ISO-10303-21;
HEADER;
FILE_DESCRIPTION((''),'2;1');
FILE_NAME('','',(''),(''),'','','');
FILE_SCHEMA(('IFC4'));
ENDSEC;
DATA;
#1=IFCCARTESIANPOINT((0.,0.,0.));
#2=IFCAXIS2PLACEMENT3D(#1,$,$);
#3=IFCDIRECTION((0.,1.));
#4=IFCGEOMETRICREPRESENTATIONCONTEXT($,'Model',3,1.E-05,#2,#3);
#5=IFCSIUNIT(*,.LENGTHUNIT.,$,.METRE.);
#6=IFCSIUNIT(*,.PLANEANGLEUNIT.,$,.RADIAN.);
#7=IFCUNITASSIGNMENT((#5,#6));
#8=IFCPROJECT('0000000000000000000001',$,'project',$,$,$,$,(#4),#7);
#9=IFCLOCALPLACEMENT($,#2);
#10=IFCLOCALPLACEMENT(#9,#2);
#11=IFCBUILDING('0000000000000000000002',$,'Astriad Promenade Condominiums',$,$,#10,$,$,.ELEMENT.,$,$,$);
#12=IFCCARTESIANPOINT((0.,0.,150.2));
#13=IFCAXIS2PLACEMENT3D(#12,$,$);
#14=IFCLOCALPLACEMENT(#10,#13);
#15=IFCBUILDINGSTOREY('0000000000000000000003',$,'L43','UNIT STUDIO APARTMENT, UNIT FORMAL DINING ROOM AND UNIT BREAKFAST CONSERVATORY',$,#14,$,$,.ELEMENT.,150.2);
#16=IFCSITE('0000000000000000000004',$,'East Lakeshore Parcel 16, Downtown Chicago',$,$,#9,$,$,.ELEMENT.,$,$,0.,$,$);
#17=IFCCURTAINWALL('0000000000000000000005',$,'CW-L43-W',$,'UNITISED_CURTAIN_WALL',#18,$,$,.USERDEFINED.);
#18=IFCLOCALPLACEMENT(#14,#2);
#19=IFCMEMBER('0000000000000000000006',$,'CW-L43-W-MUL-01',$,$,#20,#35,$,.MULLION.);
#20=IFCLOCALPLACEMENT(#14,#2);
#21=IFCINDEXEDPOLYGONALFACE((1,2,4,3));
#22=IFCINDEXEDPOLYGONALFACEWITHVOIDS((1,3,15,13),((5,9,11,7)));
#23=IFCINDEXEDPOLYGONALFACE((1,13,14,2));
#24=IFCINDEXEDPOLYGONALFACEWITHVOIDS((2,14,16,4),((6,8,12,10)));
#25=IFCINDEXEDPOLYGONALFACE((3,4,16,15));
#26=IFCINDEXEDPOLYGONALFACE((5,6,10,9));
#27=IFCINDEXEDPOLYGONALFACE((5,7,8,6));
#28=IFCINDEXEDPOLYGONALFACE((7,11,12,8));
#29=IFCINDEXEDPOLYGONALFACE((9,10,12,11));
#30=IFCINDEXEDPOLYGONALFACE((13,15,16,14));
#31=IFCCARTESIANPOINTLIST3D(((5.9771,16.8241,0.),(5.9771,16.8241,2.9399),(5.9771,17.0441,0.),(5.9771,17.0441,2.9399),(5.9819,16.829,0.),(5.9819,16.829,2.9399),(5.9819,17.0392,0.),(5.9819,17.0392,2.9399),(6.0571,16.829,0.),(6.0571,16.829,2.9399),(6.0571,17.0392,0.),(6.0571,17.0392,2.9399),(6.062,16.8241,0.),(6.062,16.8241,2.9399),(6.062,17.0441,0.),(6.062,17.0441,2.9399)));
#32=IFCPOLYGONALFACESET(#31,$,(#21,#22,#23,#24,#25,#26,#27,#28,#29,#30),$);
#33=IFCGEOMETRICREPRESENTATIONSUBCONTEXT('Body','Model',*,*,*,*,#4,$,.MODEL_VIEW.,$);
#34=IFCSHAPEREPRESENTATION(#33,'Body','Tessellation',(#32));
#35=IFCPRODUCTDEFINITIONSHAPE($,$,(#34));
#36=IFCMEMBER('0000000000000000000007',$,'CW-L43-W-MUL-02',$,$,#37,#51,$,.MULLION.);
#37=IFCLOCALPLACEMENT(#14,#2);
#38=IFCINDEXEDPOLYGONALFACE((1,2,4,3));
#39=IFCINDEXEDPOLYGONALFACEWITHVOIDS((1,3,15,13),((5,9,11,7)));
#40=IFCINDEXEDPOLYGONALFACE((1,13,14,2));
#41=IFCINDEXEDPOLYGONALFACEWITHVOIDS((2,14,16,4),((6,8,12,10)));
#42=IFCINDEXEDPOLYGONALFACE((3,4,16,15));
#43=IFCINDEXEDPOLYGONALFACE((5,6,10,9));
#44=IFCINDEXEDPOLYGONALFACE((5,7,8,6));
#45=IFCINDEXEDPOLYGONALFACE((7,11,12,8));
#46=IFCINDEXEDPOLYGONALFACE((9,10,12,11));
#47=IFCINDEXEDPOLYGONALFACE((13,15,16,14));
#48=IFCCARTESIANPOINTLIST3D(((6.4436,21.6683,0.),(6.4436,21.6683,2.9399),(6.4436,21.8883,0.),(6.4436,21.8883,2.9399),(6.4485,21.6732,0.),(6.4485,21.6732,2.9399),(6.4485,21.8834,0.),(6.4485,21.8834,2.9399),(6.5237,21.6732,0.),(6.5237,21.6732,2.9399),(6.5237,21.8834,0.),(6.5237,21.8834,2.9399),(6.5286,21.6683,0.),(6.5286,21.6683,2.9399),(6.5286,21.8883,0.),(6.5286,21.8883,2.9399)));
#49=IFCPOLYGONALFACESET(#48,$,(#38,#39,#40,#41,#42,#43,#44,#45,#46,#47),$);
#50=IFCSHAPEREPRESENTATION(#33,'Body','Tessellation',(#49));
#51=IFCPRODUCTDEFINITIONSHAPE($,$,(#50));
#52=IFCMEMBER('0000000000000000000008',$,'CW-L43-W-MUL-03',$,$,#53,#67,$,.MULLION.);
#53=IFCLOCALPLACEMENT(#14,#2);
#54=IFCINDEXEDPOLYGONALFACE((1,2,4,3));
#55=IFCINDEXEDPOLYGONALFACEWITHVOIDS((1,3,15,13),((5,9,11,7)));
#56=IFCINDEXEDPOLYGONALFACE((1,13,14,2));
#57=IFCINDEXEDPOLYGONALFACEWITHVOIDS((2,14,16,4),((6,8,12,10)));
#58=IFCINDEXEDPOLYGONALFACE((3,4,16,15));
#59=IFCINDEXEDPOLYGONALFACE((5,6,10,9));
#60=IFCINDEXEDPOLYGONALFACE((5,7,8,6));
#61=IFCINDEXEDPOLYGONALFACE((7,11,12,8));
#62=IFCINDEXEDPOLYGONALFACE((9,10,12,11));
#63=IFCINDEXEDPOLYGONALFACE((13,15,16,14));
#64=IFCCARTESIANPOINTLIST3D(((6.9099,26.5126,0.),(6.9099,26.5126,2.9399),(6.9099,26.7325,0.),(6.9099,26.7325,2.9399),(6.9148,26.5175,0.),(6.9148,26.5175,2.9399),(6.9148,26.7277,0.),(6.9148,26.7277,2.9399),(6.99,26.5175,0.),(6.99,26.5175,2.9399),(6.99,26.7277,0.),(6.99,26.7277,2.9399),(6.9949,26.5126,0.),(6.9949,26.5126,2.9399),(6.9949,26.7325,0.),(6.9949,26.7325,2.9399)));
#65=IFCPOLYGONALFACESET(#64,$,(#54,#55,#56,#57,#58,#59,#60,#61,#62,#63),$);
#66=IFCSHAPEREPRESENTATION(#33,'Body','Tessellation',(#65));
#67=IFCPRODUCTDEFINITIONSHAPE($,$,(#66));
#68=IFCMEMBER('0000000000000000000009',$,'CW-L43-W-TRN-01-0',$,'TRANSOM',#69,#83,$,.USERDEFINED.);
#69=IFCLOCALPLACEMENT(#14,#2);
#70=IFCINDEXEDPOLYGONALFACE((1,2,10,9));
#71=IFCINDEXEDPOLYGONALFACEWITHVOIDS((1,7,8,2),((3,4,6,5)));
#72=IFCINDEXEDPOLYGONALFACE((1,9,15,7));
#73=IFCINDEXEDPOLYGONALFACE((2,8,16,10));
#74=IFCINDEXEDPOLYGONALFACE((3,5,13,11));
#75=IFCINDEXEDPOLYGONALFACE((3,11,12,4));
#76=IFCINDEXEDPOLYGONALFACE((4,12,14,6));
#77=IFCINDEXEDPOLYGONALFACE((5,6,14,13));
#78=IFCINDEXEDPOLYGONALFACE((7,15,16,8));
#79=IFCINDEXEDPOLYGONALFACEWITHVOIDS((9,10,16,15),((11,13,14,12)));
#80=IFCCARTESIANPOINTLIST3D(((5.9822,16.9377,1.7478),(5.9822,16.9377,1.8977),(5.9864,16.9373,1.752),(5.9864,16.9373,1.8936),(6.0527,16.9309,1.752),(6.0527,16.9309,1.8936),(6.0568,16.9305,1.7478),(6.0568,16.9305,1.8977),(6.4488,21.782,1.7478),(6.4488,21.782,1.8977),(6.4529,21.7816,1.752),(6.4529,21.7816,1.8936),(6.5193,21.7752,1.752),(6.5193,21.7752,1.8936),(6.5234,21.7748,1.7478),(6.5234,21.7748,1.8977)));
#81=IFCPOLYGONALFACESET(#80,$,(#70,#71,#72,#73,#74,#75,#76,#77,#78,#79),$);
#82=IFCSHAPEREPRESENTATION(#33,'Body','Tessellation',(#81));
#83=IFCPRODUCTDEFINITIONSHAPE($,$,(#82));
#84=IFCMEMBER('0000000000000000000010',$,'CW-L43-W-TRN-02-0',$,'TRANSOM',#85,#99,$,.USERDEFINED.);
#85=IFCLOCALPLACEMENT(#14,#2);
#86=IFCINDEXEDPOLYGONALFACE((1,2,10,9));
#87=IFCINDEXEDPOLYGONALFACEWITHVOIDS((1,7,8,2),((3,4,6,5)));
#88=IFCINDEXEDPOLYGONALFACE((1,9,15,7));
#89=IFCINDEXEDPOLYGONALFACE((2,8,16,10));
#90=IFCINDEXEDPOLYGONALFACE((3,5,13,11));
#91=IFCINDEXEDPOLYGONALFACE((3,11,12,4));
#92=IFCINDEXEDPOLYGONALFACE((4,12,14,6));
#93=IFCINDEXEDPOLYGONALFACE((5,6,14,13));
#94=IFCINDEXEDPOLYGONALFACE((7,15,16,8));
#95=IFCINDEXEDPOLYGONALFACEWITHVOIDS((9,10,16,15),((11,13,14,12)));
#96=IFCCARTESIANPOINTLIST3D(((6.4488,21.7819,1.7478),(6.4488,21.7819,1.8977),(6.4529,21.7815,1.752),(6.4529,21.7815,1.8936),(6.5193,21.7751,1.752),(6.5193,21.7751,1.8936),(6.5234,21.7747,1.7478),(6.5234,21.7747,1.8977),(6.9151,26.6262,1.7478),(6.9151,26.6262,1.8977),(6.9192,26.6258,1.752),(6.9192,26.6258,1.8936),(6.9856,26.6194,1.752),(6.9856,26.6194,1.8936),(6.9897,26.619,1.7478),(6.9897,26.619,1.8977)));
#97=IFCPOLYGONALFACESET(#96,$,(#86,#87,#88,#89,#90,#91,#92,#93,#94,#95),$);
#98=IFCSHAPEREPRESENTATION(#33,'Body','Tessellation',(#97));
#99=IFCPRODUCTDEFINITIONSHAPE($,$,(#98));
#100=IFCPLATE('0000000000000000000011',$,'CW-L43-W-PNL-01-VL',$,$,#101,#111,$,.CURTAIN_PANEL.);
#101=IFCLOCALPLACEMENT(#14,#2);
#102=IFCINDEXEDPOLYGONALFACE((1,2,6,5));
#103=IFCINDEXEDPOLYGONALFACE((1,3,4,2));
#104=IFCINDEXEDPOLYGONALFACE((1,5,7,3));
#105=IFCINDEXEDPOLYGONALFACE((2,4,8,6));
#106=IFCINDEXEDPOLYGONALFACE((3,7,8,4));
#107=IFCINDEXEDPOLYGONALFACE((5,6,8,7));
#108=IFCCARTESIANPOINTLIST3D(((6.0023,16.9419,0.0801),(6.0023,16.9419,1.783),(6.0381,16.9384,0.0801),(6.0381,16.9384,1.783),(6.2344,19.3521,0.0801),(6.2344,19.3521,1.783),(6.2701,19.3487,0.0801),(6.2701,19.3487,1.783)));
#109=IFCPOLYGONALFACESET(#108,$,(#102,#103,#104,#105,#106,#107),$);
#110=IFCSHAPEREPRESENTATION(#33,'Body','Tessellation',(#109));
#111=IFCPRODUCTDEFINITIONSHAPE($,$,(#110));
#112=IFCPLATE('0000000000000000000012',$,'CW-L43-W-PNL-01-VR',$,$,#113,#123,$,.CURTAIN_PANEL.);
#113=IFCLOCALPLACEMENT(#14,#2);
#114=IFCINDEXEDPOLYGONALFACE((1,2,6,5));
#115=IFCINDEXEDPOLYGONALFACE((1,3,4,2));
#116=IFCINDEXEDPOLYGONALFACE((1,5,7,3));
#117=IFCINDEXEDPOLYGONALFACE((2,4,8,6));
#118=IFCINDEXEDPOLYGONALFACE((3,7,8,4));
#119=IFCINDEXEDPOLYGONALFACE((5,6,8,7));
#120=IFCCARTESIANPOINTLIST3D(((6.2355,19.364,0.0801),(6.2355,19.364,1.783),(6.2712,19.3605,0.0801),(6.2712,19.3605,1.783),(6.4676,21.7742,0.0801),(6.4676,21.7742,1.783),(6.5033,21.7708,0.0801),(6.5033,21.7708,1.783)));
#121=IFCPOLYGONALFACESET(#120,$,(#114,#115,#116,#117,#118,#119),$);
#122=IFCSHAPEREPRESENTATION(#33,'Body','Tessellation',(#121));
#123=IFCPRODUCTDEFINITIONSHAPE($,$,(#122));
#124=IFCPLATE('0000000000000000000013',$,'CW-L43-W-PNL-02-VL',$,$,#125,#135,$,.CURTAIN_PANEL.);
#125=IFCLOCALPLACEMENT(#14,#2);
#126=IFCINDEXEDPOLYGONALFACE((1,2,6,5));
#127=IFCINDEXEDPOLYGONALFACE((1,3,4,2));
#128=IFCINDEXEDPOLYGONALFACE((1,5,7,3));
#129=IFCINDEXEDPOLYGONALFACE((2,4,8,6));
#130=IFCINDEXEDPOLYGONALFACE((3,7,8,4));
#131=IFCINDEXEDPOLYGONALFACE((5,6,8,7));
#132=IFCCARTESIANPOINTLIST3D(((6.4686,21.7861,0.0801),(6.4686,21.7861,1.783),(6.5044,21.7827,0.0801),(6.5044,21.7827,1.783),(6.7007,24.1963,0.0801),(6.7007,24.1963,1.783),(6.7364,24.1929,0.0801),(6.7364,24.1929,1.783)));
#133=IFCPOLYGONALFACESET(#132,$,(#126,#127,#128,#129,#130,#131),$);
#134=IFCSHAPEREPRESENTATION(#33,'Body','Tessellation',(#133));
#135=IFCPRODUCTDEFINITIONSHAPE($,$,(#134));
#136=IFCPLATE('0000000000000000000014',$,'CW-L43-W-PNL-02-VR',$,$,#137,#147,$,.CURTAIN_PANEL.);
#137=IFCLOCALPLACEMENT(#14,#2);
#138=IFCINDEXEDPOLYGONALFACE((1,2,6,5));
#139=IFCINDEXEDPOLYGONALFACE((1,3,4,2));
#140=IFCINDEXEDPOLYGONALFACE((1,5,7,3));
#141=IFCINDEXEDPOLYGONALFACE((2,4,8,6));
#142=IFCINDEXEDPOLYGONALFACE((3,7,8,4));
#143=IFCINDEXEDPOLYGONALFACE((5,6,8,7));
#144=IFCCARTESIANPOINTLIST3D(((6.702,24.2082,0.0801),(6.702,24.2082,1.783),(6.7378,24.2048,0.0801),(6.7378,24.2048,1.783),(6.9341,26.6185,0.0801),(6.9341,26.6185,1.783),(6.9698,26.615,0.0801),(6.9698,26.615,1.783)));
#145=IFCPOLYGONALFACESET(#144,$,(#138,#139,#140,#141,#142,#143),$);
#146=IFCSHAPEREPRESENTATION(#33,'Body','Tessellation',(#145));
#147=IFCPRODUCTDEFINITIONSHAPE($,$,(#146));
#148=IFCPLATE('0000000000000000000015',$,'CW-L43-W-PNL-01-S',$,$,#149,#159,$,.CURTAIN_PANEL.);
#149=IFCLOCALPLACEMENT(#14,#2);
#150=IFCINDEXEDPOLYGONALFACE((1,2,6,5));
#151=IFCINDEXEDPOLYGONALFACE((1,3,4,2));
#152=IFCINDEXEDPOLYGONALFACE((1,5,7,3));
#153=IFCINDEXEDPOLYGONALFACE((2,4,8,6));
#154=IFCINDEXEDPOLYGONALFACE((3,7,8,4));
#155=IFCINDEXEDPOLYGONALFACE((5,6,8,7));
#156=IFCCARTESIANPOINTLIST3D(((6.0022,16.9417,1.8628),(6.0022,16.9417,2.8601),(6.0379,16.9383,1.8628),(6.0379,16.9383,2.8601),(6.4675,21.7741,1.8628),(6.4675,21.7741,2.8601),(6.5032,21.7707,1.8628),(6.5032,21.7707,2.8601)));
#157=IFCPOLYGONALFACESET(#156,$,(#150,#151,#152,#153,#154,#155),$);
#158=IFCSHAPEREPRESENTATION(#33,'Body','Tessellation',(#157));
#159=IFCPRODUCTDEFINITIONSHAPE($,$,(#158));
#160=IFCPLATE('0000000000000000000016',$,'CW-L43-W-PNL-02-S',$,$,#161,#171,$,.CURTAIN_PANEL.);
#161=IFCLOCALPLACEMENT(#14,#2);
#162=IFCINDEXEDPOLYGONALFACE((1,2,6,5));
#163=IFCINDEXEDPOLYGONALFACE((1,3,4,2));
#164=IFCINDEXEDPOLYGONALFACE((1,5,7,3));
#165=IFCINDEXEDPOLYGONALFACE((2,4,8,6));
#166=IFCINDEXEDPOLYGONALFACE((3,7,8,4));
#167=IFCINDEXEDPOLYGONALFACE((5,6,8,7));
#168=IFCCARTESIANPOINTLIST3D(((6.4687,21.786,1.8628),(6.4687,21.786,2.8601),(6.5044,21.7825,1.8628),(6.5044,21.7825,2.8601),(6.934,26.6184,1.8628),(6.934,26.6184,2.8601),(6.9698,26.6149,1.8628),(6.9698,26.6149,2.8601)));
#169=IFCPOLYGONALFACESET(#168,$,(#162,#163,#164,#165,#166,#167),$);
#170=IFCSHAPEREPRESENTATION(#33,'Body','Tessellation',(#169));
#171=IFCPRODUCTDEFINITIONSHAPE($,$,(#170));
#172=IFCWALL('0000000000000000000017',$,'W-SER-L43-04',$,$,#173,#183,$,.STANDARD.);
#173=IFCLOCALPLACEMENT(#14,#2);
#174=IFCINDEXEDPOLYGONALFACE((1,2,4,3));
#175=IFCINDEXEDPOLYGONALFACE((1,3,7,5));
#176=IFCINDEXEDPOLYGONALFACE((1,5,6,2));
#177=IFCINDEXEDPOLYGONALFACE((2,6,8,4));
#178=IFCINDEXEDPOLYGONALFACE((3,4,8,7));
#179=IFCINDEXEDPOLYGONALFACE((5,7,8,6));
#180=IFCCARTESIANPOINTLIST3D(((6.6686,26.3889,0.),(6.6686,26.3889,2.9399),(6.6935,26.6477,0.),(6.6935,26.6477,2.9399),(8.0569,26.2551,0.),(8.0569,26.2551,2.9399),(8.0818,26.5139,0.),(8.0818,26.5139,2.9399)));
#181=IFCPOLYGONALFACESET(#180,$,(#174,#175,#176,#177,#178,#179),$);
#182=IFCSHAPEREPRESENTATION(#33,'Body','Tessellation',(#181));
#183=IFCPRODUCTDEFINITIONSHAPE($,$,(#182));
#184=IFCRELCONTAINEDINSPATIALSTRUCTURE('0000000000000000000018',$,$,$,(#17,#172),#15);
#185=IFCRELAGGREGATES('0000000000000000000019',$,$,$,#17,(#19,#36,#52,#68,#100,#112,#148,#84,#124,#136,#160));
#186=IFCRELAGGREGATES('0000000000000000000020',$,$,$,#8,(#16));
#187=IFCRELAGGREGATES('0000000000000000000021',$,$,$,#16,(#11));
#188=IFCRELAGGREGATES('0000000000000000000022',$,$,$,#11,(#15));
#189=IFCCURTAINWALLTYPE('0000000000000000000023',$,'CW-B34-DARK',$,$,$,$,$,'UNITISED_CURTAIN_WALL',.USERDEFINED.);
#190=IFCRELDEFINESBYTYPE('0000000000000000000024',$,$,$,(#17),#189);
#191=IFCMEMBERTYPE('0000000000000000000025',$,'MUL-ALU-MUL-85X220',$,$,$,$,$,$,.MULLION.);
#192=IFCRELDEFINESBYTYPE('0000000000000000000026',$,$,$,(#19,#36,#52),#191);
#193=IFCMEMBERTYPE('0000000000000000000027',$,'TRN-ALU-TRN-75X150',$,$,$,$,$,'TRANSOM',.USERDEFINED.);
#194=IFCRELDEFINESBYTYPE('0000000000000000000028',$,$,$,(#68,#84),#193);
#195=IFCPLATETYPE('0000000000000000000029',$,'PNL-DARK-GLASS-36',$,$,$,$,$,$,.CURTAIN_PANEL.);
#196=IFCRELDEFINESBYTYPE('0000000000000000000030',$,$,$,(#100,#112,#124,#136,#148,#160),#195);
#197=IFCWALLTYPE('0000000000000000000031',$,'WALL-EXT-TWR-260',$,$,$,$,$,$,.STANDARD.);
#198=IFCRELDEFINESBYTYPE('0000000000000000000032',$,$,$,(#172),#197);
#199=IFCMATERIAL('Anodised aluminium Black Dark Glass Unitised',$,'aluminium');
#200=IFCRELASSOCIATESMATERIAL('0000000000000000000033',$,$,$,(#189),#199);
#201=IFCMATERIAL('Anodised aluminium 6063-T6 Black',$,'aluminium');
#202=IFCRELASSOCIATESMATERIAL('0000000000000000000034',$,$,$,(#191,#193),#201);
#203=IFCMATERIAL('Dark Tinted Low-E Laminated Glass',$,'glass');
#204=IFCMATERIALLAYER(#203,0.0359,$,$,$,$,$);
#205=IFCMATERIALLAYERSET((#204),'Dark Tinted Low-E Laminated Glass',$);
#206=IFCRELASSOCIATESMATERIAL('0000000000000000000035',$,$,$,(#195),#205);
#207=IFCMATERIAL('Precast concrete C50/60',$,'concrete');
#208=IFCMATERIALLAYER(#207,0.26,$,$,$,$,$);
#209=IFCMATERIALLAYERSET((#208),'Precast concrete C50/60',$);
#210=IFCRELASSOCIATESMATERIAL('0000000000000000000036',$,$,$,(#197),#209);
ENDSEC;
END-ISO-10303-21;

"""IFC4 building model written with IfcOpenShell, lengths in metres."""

from ifc_helpers import new_model, si_unit, direction, frame, frame_2d, origin, origin_2d, place, context, subcontext, project, spatial, rectangle, hollow_rectangle, extrude, source, transform, mapped, material, layer, layer_set, material_profile, profile_set, type_object, type_shapes, element, aggregate, save


model = new_model("IFC4")

# Units and contexts
model_context = context("Model", 3, precision=1e-05, world=origin(), true_north=direction((0.0, 1.0)))
body_context = subcontext(model_context, "Body", "Model", "MODEL_VIEW")
ifc_project = project(units=[si_unit("LENGTHUNIT", "METRE"), si_unit("PLANEANGLEUNIT", "RADIAN")], contexts=[model_context])

# Site, building, storey
site_placement = place(None, origin())
site = spatial("IfcSite", under=ifc_project, at=site_placement, Name="East Lakeshore Parcel 16, Downtown Chicago", CompositionType="ELEMENT", RefElevation=0.0)
building_placement = place(site_placement, origin())
building = spatial("IfcBuilding", under=site, at=building_placement, Name="Astriad Promenade Condominiums", CompositionType="ELEMENT")
storey_placement = place(building_placement, frame((0.0, 0.0, 150.2)))
storey = spatial("IfcBuildingStorey", under=building, at=storey_placement, Name="L43", Description="UNIT STUDIO APARTMENT, UNIT FORMAL DINING ROOM AND UNIT BREAKFAST CONSERVATORY", CompositionType="ELEMENT", Elevation=150.2)

# Curtain wall, members, plates
ifc_material_1 = material(Name="Anodised aluminium Black Dark Glass Unitised", Category="aluminium")
curtain_wall_type = type_object("IfcCurtainWallType", Name="CW-B34-DARK", ElementType="UNITISED_CURTAIN_WALL", PredefinedType="USERDEFINED", material=ifc_material_1)
curtain_wall_placement = place(storey_placement, origin())
curtain_wall = element("IfcCurtainWall", 1, at=curtain_wall_placement, inside=storey, type_object=curtain_wall_type, Name="CW-L43-W", ObjectType="UNITISED_CURTAIN_WALL", PredefinedType="USERDEFINED")
ifc_material_2 = material(Name="Anodised aluminium 6063-T6 Black", Category="aluminium")
ifc_material_profile_1 = material_profile(ifc_material_2, hollow_rectangle(XDim=0.085, YDim=0.22, WallThickness=0.0049, at=origin_2d()), Name="ALU-MUL-85X220")
ifc_profile_set_1 = profile_set([ifc_material_profile_1], Name="Anodised aluminium 6063-T6 Black")
member_type_1 = type_object("IfcMemberType", Name="MUL-ALU-MUL-85X220", PredefinedType="MULLION", material=ifc_profile_set_1)
shared_shape_1 = source(origin(), body_context, "Body", "SweptSolid", [
    extrude(hollow_rectangle(XDim=0.085, YDim=0.22, WallThickness=0.0049, at=origin_2d()), origin(), (0.0, 0.0, 1.0), 2.9399),
])
type_shapes(member_type_1, [shared_shape_1])
member_1_placement = place(storey_placement, frame((6.0195, 16.9341, 0.0), z_axis=(0.0, 0.0, 1.0), x_axis=(1.0, 0.0, 0.0)))
member_1 = element("IfcMember", 2, at=member_1_placement, type_object=member_type_1, Name="CW-L43-W-MUL-01", PredefinedType="MULLION", context=body_context, shape_type="MappedRepresentation", body=[
    mapped(shared_shape_1, transform((0.0, 0.0, 0.0), scale=1.0)),
])
member_2_placement = place(storey_placement, frame((6.4861, 21.7783, 0.0), z_axis=(0.0, 0.0, 1.0), x_axis=(1.0, 0.0, 0.0)))
member_2 = element("IfcMember", 3, at=member_2_placement, type_object=member_type_1, Name="CW-L43-W-MUL-02", PredefinedType="MULLION", context=body_context, shape_type="MappedRepresentation", body=[
    mapped(shared_shape_1, transform((0.0, 0.0, 0.0), scale=1.0)),
])
member_3_placement = place(storey_placement, frame((6.9524, 26.6226, 0.0), z_axis=(0.0, 0.0, 1.0), x_axis=(1.0, 0.0, 0.0)))
member_3 = element("IfcMember", 4, at=member_3_placement, type_object=member_type_1, Name="CW-L43-W-MUL-03", PredefinedType="MULLION", context=body_context, shape_type="MappedRepresentation", body=[
    mapped(shared_shape_1, transform((0.0, 0.0, 0.0), scale=1.0)),
])
ifc_material_profile_2 = material_profile(ifc_material_2, hollow_rectangle(XDim=0.075, YDim=0.1499, WallThickness=0.0042, at=origin_2d()), Name="ALU-TRN-75X150")
ifc_profile_set_2 = profile_set([ifc_material_profile_2], Name="Anodised aluminium 6063-T6 Black")
member_type_2 = type_object("IfcMemberType", Name="TRN-ALU-TRN-75X150", ElementType="TRANSOM", PredefinedType="USERDEFINED", material=ifc_profile_set_2)
shared_shape_2 = source(origin(), body_context, "Body", "SweptSolid", [
    extrude(hollow_rectangle(XDim=0.075, YDim=0.1499, WallThickness=0.0042, at=origin_2d()), origin(), (0.0, 0.0, 1.0), 4.8667),
])
type_shapes(member_type_2, [shared_shape_2])
member_4_placement = place(storey_placement, frame((6.0195, 16.9341, 1.8228), z_axis=(0.095867, 0.995394, 0.0), x_axis=(-0.995394, 0.095867, 0.0)))
member_4 = element("IfcMember", 5, at=member_4_placement, type_object=member_type_2, Name="CW-L43-W-TRN-01-0", ObjectType="TRANSOM", PredefinedType="USERDEFINED", context=body_context, shape_type="MappedRepresentation", body=[
    mapped(shared_shape_2, transform((0.0, 0.0, 0.0), scale=1.0)),
])
member_5_placement = place(storey_placement, frame((6.4861, 21.7783, 1.8228), z_axis=(0.095818, 0.995399, 0.0), x_axis=(-0.995399, 0.095818, 0.0)))
member_5 = element("IfcMember", 6, at=member_5_placement, type_object=member_type_2, Name="CW-L43-W-TRN-02-0", ObjectType="TRANSOM", PredefinedType="USERDEFINED", context=body_context, shape_type="MappedRepresentation", body=[
    mapped(shared_shape_2, transform((0.0, 0.0, 0.0), scale=1.0)),
])
ifc_material_3 = material(Name="Dark Tinted Low-E Laminated Glass", Category="glass")
ifc_layer_1 = layer(ifc_material_3, 0.0359)
ifc_layer_set_1 = layer_set([ifc_layer_1], Name="Dark Tinted Low-E Laminated Glass")
plate_type = type_object("IfcPlateType", Name="PNL-DARK-GLASS-36", PredefinedType="CURTAIN_PANEL", material=ifc_layer_set_1)
shared_shape_3 = source(origin(), body_context, "Body", "SweptSolid", [
    extrude(rectangle(XDim=2.4214, YDim=0.0359, at=origin_2d()), origin(), (0.0, 0.0, 1.0), 1.7029),
])
plate_1_placement = place(storey_placement, frame((6.1362, 18.1453, 0.0801), z_axis=(0.0, 0.0, 1.0), x_axis=(0.095846, 0.995396, 0.0)))
plate_1 = element("IfcPlate", 7, at=plate_1_placement, type_object=plate_type, Name="CW-L43-W-PNL-01-VL", PredefinedType="CURTAIN_PANEL", context=body_context, shape_type="MappedRepresentation", body=[
    mapped(shared_shape_3, transform((0.0, 0.0, 0.0), scale=1.0)),
])
plate_2_placement = place(storey_placement, frame((6.3694, 20.5674, 0.0801), z_axis=(0.0, 0.0, 1.0), x_axis=(0.095846, 0.995396, 0.0)))
plate_2 = element("IfcPlate", 8, at=plate_2_placement, type_object=plate_type, Name="CW-L43-W-PNL-01-VR", PredefinedType="CURTAIN_PANEL", context=body_context, shape_type="MappedRepresentation", body=[
    mapped(shared_shape_3, transform((0.0, 0.0, 0.0), scale=1.0)),
])
plate_3_placement = place(storey_placement, frame((6.6025, 22.9895, 0.0801), z_axis=(0.0, 0.0, 1.0), x_axis=(0.095846, 0.995396, 0.0)))
plate_3 = element("IfcPlate", 9, at=plate_3_placement, type_object=plate_type, Name="CW-L43-W-PNL-02-VL", PredefinedType="CURTAIN_PANEL", context=body_context, shape_type="MappedRepresentation", body=[
    mapped(shared_shape_3, transform((0.0, 0.0, 0.0), scale=1.0)),
])
plate_4_placement = place(storey_placement, frame((6.8359, 25.4116, 0.0801), z_axis=(0.0, 0.0, 1.0), x_axis=(0.095846, 0.995396, 0.0)))
plate_4 = element("IfcPlate", 10, at=plate_4_placement, type_object=plate_type, Name="CW-L43-W-PNL-02-VR", PredefinedType="CURTAIN_PANEL", context=body_context, shape_type="MappedRepresentation", body=[
    mapped(shared_shape_3, transform((0.0, 0.0, 0.0), scale=1.0)),
])
shared_shape_4 = source(origin(), body_context, "Body", "SweptSolid", [
    extrude(rectangle(XDim=4.8547, YDim=0.0359, at=origin_2d()), origin(), (0.0, 0.0, 1.0), 0.9973),
])
type_shapes(plate_type, [shared_shape_3, shared_shape_4])
plate_5_placement = place(storey_placement, frame((6.2527, 19.3562, 1.8628), z_axis=(0.0, 0.0, 1.0), x_axis=(0.095846, 0.995396, 0.0)))
plate_5 = element("IfcPlate", 11, at=plate_5_placement, type_object=plate_type, Name="CW-L43-W-PNL-01-S", PredefinedType="CURTAIN_PANEL", context=body_context, shape_type="MappedRepresentation", body=[
    mapped(shared_shape_4, transform((0.0, 0.0, 0.0), scale=1.0)),
])
plate_6_placement = place(storey_placement, frame((6.7192, 24.2004, 1.8628), z_axis=(0.0, 0.0, 1.0), x_axis=(0.095846, 0.995396, 0.0)))
plate_6 = element("IfcPlate", 12, at=plate_6_placement, type_object=plate_type, Name="CW-L43-W-PNL-02-S", PredefinedType="CURTAIN_PANEL", context=body_context, shape_type="MappedRepresentation", body=[
    mapped(shared_shape_4, transform((0.0, 0.0, 0.0), scale=1.0)),
])
aggregate(curtain_wall, [member_1, member_2, member_3, member_4, plate_1, plate_2, plate_5, member_5, plate_3, plate_4, plate_6])

# Wall
ifc_material_4 = material(Name="Precast concrete C50/60", Category="concrete")
ifc_layer_2 = layer(ifc_material_4, 0.26)
ifc_layer_set_2 = layer_set([ifc_layer_2], Name="Precast concrete C50/60")
wall_type_1 = type_object("IfcWallType", Name="WALL-EXT-TWR-260", PredefinedType="STANDARD", material=ifc_layer_set_2)
wall_1_placement = place(storey_placement, frame((6.6812, 26.5183, 0.0), z_axis=(0.0, 0.0, 1.0), x_axis=(0.995389, -0.095916, 0.0)))
element("IfcWall", 13, at=wall_1_placement, inside=storey, type_object=wall_type_1, Name="W-SER-L43-04", PredefinedType="STANDARD", context=body_context, shape_type="SweptSolid", body=[
    extrude(rectangle(XDim=1.3948, YDim=0.26, at=frame_2d((0.6973, 0.0))), origin(), (0.0, 0.0, 1.0), 2.9399),
])

save(model, "model.ifc")
